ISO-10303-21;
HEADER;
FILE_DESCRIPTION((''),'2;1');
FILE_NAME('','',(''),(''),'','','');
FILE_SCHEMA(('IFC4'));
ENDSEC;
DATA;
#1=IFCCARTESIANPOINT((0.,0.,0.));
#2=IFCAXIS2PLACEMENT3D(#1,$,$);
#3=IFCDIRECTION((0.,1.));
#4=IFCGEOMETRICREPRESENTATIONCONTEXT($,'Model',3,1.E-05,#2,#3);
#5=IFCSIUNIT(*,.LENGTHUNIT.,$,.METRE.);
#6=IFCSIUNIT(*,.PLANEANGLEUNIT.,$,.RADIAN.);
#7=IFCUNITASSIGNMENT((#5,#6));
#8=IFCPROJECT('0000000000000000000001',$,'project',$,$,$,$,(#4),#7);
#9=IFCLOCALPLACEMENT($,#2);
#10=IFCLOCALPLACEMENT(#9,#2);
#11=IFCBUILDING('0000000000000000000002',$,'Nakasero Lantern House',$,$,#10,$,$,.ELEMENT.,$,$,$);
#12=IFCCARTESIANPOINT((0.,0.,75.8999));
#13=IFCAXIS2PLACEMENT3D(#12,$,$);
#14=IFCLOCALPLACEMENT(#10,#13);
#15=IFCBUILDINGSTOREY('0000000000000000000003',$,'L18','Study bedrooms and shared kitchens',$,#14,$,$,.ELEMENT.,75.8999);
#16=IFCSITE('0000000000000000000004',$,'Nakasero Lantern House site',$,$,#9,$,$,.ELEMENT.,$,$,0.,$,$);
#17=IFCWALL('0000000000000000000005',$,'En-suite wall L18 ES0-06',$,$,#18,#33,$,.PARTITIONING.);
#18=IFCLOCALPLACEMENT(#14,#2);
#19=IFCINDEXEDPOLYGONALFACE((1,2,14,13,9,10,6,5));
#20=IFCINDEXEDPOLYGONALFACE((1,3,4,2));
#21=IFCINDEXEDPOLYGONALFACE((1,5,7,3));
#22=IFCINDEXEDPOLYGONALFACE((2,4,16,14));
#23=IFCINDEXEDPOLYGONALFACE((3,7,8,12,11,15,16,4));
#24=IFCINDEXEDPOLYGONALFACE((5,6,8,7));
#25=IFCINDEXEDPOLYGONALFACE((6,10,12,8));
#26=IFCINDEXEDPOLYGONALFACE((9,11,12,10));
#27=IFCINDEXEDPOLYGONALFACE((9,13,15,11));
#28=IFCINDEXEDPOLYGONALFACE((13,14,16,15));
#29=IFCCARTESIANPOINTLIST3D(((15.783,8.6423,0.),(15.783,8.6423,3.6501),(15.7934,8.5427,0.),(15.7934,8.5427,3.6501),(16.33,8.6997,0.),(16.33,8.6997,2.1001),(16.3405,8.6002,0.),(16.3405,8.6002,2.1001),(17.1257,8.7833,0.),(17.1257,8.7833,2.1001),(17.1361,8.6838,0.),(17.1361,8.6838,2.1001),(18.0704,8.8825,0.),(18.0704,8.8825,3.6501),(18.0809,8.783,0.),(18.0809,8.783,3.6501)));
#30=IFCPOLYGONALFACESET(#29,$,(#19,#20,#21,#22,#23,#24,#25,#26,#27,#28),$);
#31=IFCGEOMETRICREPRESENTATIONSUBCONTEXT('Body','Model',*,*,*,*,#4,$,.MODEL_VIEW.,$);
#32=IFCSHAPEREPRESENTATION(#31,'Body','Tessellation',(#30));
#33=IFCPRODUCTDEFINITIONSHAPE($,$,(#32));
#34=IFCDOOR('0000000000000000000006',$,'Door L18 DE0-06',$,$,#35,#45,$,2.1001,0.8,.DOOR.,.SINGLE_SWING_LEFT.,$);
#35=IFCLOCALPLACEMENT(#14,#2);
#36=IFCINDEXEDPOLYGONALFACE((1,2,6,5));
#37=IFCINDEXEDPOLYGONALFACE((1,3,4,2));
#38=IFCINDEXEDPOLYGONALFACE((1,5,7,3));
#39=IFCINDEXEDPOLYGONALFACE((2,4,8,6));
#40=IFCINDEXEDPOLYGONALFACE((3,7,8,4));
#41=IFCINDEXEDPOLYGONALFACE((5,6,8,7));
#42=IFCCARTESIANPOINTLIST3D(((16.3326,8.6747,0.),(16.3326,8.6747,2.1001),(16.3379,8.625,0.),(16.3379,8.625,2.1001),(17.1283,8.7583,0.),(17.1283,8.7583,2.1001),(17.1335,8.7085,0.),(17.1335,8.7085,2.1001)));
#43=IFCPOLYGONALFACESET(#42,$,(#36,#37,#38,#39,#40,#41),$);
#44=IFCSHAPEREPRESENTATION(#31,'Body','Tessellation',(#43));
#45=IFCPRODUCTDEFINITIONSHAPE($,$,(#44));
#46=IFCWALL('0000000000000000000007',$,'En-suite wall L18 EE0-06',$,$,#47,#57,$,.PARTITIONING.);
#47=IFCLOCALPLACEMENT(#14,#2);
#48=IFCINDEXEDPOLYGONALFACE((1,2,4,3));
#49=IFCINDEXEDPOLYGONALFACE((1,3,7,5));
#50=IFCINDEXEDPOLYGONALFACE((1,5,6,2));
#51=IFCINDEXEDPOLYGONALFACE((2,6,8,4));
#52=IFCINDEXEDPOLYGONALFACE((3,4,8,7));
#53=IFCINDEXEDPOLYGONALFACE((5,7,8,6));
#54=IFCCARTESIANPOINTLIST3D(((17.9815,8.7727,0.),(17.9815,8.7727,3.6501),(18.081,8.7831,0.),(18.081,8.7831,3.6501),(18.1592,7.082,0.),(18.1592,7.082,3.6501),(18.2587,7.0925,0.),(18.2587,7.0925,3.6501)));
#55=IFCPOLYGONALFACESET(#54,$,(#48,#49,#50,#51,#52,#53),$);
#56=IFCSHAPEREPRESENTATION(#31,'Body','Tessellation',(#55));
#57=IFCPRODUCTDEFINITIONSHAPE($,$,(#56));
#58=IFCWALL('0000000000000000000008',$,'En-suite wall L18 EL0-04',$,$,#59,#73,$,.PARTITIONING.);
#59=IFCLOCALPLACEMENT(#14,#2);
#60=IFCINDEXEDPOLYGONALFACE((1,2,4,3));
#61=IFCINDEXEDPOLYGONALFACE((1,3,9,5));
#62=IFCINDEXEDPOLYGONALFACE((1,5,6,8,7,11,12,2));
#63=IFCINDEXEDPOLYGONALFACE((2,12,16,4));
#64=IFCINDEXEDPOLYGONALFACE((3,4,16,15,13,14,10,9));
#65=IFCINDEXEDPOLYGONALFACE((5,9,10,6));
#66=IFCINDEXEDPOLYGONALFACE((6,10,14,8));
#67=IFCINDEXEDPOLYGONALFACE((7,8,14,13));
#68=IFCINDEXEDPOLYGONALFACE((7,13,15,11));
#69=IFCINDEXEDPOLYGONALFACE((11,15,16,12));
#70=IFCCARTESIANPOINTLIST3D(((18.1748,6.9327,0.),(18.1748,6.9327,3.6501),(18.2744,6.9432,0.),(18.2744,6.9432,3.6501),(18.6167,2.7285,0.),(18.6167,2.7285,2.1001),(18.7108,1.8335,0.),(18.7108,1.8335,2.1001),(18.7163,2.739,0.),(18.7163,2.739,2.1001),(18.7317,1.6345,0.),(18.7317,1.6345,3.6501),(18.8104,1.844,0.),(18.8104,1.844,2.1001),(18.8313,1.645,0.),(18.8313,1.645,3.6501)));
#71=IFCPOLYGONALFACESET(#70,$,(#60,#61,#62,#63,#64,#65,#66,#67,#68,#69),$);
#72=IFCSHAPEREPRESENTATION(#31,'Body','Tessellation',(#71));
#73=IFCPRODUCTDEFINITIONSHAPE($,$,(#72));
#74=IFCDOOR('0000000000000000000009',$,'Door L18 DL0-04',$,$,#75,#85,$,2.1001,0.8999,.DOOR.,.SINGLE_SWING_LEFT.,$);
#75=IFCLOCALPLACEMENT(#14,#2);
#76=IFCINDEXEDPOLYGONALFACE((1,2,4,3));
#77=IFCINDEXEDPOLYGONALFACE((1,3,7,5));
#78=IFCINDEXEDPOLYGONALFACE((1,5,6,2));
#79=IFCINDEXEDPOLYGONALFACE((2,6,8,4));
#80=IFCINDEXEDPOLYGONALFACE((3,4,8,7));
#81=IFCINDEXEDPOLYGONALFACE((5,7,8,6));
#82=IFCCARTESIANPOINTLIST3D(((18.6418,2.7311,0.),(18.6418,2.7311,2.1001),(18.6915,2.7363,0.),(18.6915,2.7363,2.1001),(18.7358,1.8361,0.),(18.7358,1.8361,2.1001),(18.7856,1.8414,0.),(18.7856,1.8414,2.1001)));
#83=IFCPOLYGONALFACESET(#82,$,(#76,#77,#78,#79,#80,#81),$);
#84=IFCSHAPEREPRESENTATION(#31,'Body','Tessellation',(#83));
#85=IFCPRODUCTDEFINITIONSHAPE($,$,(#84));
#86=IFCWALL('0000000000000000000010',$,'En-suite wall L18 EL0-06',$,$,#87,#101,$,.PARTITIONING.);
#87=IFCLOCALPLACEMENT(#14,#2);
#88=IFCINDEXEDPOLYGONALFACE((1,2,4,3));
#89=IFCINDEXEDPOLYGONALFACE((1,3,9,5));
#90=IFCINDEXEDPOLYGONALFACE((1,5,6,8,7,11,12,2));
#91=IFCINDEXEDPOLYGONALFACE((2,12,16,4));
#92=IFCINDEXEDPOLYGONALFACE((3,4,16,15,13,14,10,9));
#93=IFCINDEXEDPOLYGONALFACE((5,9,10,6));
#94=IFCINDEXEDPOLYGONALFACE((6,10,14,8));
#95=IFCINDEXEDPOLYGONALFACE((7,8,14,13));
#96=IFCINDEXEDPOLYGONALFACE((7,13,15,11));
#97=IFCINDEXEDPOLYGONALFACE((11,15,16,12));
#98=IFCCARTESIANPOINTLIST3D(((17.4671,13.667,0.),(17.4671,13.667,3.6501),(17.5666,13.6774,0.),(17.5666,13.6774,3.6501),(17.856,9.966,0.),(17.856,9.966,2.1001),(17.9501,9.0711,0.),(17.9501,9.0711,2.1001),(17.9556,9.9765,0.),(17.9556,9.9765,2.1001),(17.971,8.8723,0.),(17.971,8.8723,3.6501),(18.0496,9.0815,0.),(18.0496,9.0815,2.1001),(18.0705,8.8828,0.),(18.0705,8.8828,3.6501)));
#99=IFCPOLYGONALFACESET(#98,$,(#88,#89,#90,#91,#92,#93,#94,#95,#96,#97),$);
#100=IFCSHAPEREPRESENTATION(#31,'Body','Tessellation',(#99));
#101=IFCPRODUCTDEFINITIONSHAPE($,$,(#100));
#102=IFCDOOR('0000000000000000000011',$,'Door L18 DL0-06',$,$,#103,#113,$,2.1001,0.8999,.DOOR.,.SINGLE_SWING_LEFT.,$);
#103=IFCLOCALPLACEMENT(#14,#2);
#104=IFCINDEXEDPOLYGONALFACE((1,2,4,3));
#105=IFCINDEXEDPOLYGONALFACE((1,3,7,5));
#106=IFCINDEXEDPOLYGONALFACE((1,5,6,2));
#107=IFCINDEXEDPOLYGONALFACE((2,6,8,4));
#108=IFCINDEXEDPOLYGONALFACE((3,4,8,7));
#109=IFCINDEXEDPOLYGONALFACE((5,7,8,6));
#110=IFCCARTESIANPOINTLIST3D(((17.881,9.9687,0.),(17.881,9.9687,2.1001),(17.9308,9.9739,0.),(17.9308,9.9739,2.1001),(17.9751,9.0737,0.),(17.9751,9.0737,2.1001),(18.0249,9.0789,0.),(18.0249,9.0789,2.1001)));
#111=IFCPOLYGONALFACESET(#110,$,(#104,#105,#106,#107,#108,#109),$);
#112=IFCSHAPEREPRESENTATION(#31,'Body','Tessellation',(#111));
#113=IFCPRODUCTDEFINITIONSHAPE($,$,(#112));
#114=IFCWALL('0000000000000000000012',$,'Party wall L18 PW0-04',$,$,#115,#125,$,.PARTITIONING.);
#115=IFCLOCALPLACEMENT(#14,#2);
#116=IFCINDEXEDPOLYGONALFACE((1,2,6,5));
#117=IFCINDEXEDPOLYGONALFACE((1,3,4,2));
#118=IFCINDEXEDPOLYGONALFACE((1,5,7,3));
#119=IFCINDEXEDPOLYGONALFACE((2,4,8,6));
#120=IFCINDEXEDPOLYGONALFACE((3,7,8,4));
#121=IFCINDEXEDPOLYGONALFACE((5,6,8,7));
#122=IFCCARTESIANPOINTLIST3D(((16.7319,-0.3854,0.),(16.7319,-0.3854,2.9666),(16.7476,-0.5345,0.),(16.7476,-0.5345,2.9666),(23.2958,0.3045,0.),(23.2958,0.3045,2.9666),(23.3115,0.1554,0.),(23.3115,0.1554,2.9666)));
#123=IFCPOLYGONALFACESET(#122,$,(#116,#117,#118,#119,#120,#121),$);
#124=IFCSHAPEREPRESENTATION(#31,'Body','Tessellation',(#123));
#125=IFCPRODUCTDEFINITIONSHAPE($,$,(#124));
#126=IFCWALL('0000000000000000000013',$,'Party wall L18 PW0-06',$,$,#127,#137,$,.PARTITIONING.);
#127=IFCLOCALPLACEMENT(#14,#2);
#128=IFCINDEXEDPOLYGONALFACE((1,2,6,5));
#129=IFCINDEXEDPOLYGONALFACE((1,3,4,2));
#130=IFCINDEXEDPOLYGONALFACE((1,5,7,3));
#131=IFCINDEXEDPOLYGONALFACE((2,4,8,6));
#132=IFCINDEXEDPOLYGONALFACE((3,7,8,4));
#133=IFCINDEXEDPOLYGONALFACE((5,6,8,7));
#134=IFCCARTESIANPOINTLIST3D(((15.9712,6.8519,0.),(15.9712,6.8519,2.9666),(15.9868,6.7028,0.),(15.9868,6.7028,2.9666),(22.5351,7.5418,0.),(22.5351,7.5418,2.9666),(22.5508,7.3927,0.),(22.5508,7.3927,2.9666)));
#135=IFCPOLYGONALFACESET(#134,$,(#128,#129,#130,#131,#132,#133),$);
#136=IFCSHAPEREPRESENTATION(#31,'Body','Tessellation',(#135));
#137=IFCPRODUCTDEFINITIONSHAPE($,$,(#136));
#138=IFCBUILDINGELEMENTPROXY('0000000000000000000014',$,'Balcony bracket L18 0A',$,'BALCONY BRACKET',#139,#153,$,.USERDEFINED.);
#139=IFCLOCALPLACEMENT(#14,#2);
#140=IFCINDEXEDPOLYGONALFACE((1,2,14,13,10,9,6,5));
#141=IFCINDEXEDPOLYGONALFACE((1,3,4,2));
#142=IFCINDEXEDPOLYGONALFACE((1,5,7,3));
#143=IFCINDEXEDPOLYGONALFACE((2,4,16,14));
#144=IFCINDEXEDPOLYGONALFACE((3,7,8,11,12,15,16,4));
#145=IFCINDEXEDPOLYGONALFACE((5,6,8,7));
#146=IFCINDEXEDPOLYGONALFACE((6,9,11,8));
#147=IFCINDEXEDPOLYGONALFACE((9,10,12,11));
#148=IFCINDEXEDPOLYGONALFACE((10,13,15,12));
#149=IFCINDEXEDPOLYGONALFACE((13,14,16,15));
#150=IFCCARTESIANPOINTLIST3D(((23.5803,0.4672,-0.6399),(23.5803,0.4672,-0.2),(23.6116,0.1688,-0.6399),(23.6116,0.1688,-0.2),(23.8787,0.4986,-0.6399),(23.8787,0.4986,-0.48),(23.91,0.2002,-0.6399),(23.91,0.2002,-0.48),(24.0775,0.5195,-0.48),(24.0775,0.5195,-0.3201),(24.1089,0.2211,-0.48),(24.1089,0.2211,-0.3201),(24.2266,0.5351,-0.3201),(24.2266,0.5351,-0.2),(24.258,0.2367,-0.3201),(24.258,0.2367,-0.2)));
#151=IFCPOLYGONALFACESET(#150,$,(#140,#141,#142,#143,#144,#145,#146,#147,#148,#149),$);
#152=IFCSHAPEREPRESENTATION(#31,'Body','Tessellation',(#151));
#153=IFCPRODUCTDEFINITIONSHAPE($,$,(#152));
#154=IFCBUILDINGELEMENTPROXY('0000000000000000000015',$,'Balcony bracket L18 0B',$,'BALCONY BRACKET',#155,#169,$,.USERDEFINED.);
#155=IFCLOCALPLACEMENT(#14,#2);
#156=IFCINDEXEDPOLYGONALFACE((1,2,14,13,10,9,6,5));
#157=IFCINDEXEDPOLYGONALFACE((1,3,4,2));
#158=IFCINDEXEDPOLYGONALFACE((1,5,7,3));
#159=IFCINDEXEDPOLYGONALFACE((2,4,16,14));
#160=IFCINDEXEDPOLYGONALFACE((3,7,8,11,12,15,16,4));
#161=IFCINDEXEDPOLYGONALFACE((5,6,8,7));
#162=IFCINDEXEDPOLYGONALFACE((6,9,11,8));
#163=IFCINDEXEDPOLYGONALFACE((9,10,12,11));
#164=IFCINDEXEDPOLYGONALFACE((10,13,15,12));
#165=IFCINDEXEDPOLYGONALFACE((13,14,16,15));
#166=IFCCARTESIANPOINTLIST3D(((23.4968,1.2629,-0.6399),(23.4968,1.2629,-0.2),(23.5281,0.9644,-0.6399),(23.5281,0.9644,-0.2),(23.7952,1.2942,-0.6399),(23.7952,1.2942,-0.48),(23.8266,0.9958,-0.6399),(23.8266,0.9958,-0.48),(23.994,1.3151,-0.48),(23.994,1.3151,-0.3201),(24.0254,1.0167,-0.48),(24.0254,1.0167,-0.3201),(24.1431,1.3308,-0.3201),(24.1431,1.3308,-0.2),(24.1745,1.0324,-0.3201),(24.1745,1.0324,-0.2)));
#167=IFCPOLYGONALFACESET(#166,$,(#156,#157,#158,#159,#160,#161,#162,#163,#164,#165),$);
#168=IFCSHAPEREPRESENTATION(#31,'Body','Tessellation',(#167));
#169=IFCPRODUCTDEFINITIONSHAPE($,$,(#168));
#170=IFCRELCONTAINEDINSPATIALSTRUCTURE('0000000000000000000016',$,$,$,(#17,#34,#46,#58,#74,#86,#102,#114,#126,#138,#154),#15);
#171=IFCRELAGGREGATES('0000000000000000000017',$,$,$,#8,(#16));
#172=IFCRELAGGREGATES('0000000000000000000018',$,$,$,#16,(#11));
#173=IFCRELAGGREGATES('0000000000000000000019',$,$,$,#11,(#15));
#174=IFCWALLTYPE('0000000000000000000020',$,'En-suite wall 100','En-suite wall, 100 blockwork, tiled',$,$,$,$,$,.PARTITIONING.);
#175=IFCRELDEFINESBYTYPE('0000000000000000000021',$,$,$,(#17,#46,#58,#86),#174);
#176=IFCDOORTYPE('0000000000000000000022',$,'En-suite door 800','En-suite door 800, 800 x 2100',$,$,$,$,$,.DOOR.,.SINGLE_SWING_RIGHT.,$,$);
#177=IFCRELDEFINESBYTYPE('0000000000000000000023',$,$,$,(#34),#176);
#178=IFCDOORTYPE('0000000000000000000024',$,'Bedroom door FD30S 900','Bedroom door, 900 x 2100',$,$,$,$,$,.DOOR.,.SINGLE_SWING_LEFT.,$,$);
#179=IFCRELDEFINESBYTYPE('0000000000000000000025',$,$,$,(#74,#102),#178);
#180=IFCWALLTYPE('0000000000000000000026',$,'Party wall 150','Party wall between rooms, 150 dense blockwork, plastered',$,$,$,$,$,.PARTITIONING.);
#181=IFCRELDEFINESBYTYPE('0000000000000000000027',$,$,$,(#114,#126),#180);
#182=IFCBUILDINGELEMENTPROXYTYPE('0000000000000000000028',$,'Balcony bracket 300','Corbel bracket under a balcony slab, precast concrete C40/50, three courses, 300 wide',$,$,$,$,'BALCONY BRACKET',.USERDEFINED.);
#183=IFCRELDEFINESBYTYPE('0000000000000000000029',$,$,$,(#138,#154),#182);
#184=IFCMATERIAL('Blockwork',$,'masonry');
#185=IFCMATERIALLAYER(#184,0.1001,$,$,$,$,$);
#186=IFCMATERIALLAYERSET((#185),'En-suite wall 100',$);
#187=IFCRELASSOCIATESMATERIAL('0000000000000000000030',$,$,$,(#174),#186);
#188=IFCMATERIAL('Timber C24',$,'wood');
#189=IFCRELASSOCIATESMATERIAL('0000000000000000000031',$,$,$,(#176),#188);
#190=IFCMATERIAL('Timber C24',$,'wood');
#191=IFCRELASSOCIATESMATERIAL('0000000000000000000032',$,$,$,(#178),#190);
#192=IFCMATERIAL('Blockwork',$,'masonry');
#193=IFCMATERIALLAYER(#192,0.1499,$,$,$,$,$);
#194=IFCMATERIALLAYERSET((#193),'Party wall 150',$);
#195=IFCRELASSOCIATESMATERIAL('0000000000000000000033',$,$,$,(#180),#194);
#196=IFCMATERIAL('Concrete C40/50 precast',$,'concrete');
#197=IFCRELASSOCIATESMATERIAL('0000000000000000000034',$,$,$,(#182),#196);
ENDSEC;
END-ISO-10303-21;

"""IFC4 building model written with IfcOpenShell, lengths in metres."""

from ifc_helpers import new_model, si_unit, direction, frame, frame_2d, origin, place, context, subcontext, project, spatial, polyline, rectangle, outline, extrude, material, layer, layer_set, type_object, element, fill, save


model = new_model("IFC4")

# Units and contexts
model_context = context("Model", 3, precision=1e-05, world=origin(), true_north=direction((0.0, 1.0)))
body_context = subcontext(model_context, "Body", "Model", "MODEL_VIEW")
ifc_project = project(units=[si_unit("LENGTHUNIT", "METRE"), si_unit("PLANEANGLEUNIT", "RADIAN")], contexts=[model_context])

# Site, building, storey
site_placement = place(None, origin())
site = spatial("IfcSite", under=ifc_project, at=site_placement, Name="Nakasero Lantern House site", CompositionType="ELEMENT", RefElevation=0.0)
building_placement = place(site_placement, origin())
building = spatial("IfcBuilding", under=site, at=building_placement, Name="Nakasero Lantern House", CompositionType="ELEMENT")
storey_placement = place(building_placement, frame((0.0, 0.0, 75.8999)))
storey = spatial("IfcBuildingStorey", under=building, at=storey_placement, Name="L18", Description="Study bedrooms and shared kitchens", CompositionType="ELEMENT", Elevation=75.8999)

# Shared definitions
ifc_material_1 = material(Name="Blockwork", Category="masonry")
ifc_layer_1 = layer(ifc_material_1, 0.1001)
ifc_layer_set_1 = layer_set([ifc_layer_1], Name="En-suite wall 100")
wall_type_1 = type_object("IfcWallType", Name="En-suite wall 100", Description="En-suite wall, 100 blockwork, tiled", PredefinedType="PARTITIONING", material=ifc_layer_set_1)
ifc_material_2 = material(Name="Timber C24", Category="wood")
door_type_1 = type_object("IfcDoorType", Name="En-suite door 800", Description="En-suite door 800, 800 x 2100", OperationType="SINGLE_SWING_RIGHT", PredefinedType="DOOR", material=ifc_material_2)

# Wall, opening, door
wall_1_placement = place(storey_placement, frame((15.7883, 8.5925, 0.0), z_axis=(0.0, 0.0, 1.0), x_axis=(0.99453, 0.104453, 0.0)))
wall_1 = element("IfcWall", 1, at=wall_1_placement, inside=storey, type_object=wall_type_1, Name="En-suite wall L18 ES0-06", PredefinedType="PARTITIONING", context=body_context, shape_type="SweptSolid", body=[
    extrude(rectangle(XDim=2.3, YDim=0.1001, at=frame_2d((1.1499, 0.0))), origin(), (0.0, 0.0, 1.0), 3.6501),
])
opening_1_placement = place(wall_1_placement, frame((0.55, 0.0, 0.0)))
opening_1 = element("IfcOpeningElement", 2, at=opening_1_placement, cuts=wall_1, PredefinedType="OPENING", context=body_context, shape_type="SweptSolid", body=[
    extrude(rectangle(XDim=0.8, YDim=2.1001, at=frame_2d((0.3999, 1.05))), frame((0.0, 0.0701, 0.0), z_axis=(0.0, -1.0, 0.0), x_axis=(1.0, 0.0, 0.0)), (0.0, 0.0, 1.0), 0.1401),
])
door_1_placement = place(opening_1_placement, origin())
door_1 = element("IfcDoor", 3, at=door_1_placement, inside=storey, type_object=door_type_1, Name="Door L18 DE0-06", OperationType="SINGLE_SWING_LEFT", OverallHeight=2.1001, OverallWidth=0.8, PredefinedType="DOOR", context=body_context, shape_type="SweptSolid", body=[
    extrude(rectangle(XDim=0.8, YDim=2.1001, at=frame_2d((0.3999, 1.05))), frame((0.0, 0.0249, 0.0), z_axis=(0.0, -1.0, 0.0), x_axis=(1.0, 0.0, 0.0)), (0.0, 0.0, 1.0), 0.05),
])
fill(opening_1, door_1)

# Wall
wall_2_placement = place(storey_placement, frame((18.209, 7.0872, 0.0), z_axis=(0.0, 0.0, 1.0), x_axis=(-0.10455, 0.99452, 0.0)))
element("IfcWall", 4, at=wall_2_placement, inside=storey, type_object=wall_type_1, Name="En-suite wall L18 EE0-06", PredefinedType="PARTITIONING", context=body_context, shape_type="SweptSolid", body=[
    extrude(rectangle(XDim=1.7, YDim=0.1001, at=frame_2d((0.8501, 0.0))), origin(), (0.0, 0.0, 1.0), 3.6501),
])

# Walls, openings, doors
wall_3_placement = place(storey_placement, frame((18.7815, 1.6399, 0.0), z_axis=(0.0, 0.0, 1.0), x_axis=(-0.104534, 0.994521, 0.0)))
wall_3 = element("IfcWall", 5, at=wall_3_placement, inside=storey, type_object=wall_type_1, Name="En-suite wall L18 EL0-04", PredefinedType="PARTITIONING", context=body_context, shape_type="SweptSolid", body=[
    extrude(rectangle(XDim=5.3274, YDim=0.1001, at=frame_2d((2.6636, 0.0))), origin(), (0.0, 0.0, 1.0), 3.6501),
])
opening_2_placement = place(wall_3_placement, frame((0.2, 0.0, 0.0)))
opening_2 = element("IfcOpeningElement", 6, at=opening_2_placement, cuts=wall_3, PredefinedType="OPENING", context=body_context, shape_type="SweptSolid", body=[
    extrude(rectangle(XDim=0.8999, YDim=2.1001, at=frame_2d((0.45, 1.05))), frame((0.0, 0.0701, 0.0), z_axis=(0.0, -1.0, 0.0), x_axis=(1.0, 0.0, 0.0)), (0.0, 0.0, 1.0), 0.1401),
])
ifc_material_3 = material(Name="Timber C24", Category="wood")
door_type_2 = type_object("IfcDoorType", Name="Bedroom door FD30S 900", Description="Bedroom door, 900 x 2100", OperationType="SINGLE_SWING_LEFT", PredefinedType="DOOR", material=ifc_material_3)
door_2_placement = place(opening_2_placement, origin())
door_2 = element("IfcDoor", 7, at=door_2_placement, inside=storey, type_object=door_type_2, Name="Door L18 DL0-04", OperationType="SINGLE_SWING_LEFT", OverallHeight=2.1001, OverallWidth=0.8999, PredefinedType="DOOR", context=body_context, shape_type="SweptSolid", body=[
    extrude(rectangle(XDim=0.8999, YDim=2.1001, at=frame_2d((0.45, 1.05))), frame((0.0, 0.0249, 0.0), z_axis=(0.0, -1.0, 0.0), x_axis=(1.0, 0.0, 0.0)), (0.0, 0.0, 1.0), 0.05),
])
fill(opening_2, door_2)
wall_4_placement = place(storey_placement, frame((18.0208, 8.8774, 0.0), z_axis=(0.0, 0.0, 1.0), x_axis=(-0.104521, 0.994523, 0.0)))
wall_4 = element("IfcWall", 8, at=wall_4_placement, inside=storey, type_object=wall_type_1, Name="En-suite wall L18 EL0-06", PredefinedType="PARTITIONING", context=body_context, shape_type="SweptSolid", body=[
    extrude(rectangle(XDim=4.821, YDim=0.1001, at=frame_2d((2.4106, 0.0))), origin(), (0.0, 0.0, 1.0), 3.6501),
])
opening_3_placement = place(wall_4_placement, frame((0.2, 0.0, 0.0)))
opening_3 = element("IfcOpeningElement", 9, at=opening_3_placement, cuts=wall_4, PredefinedType="OPENING", context=body_context, shape_type="SweptSolid", body=[
    extrude(rectangle(XDim=0.8999, YDim=2.1001, at=frame_2d((0.45, 1.05))), frame((0.0, 0.0701, 0.0), z_axis=(0.0, -1.0, 0.0), x_axis=(1.0, 0.0, 0.0)), (0.0, 0.0, 1.0), 0.1401),
])
door_3_placement = place(opening_3_placement, origin())
door_3 = element("IfcDoor", 10, at=door_3_placement, inside=storey, type_object=door_type_2, Name="Door L18 DL0-06", OperationType="SINGLE_SWING_LEFT", OverallHeight=2.1001, OverallWidth=0.8999, PredefinedType="DOOR", context=body_context, shape_type="SweptSolid", body=[
    extrude(rectangle(XDim=0.8999, YDim=2.1001, at=frame_2d((0.45, 1.05))), frame((0.0, 0.0249, 0.0), z_axis=(0.0, -1.0, 0.0), x_axis=(1.0, 0.0, 0.0)), (0.0, 0.0, 1.0), 0.05),
])
fill(opening_3, door_3)

# Walls
ifc_material_4 = material(Name="Blockwork", Category="masonry")
ifc_layer_2 = layer(ifc_material_4, 0.1499)
ifc_layer_set_2 = layer_set([ifc_layer_2], Name="Party wall 150")
wall_type_2 = type_object("IfcWallType", Name="Party wall 150", Description="Party wall between rooms, 150 dense blockwork, plastered", PredefinedType="PARTITIONING", material=ifc_layer_set_2)
for number, where, z_axis, x_axis, name in (
    (11, (16.7397, -0.46, 0.0), (0.0, 0.0, 1.0), (0.994521, 0.104535, 0.0), "Party wall L18 PW0-04"),
    (12, (15.979, 6.7773, 0.0), (0.0, 0.0, 1.0), (0.994521, 0.104535, 0.0), "Party wall L18 PW0-06"),
):
    element("IfcWall", number, at=place(storey_placement, frame(where, z_axis=z_axis, x_axis=x_axis)), inside=storey, type_object=wall_type_2, Name=name, PredefinedType="PARTITIONING", context=body_context, shape_type="SweptSolid", body=[
        extrude(rectangle(XDim=6.6001, YDim=0.1499, at=frame_2d((3.3, 0.0))), origin(), (0.0, 0.0, 1.0), 2.9666),
    ])

# Building element proxies
ifc_material_5 = material(Name="Concrete C40/50 precast", Category="concrete")
building_element_proxy_type = type_object("IfcBuildingElementProxyType", Name="Balcony bracket 300", Description="Corbel bracket under a balcony slab, precast concrete C40/50, three courses, 300 wide", ElementType="BALCONY BRACKET", PredefinedType="USERDEFINED", material=ifc_material_5)
for number, where, z_axis, x_axis, name in (
    (13, (23.5959, 0.3181, -0.2), (0.0, 0.0, 1.0), (0.994522, 0.104528, 0.0), "Balcony bracket L18 0A"),
    (14, (23.5125, 1.1138, -0.2), (0.0, 0.0, 1.0), (0.994522, 0.104528, 0.0), "Balcony bracket L18 0B"),
):
    element("IfcBuildingElementProxy", number, at=place(storey_placement, frame(where, z_axis=z_axis, x_axis=x_axis)), inside=storey, type_object=building_element_proxy_type, Name=name, ObjectType="BALCONY BRACKET", PredefinedType="USERDEFINED", context=body_context, shape_type="SweptSolid", body=[
        extrude(outline(polyline([(0.0, 0.0), (0.6499, 0.0), (0.6499, -0.1201), (0.5, -0.1201), (0.5, -0.28), (0.3, -0.28), (0.3, -0.4399), (0.0, -0.4399), (0.0, 0.0)])), frame((0.0, 0.1499, 0.0), z_axis=(0.0, -1.0, 0.0), x_axis=(1.0, 0.0, 0.0)), (0.0, 0.0, 1.0), 0.3),
    ])

save(model, "model.ifc")
